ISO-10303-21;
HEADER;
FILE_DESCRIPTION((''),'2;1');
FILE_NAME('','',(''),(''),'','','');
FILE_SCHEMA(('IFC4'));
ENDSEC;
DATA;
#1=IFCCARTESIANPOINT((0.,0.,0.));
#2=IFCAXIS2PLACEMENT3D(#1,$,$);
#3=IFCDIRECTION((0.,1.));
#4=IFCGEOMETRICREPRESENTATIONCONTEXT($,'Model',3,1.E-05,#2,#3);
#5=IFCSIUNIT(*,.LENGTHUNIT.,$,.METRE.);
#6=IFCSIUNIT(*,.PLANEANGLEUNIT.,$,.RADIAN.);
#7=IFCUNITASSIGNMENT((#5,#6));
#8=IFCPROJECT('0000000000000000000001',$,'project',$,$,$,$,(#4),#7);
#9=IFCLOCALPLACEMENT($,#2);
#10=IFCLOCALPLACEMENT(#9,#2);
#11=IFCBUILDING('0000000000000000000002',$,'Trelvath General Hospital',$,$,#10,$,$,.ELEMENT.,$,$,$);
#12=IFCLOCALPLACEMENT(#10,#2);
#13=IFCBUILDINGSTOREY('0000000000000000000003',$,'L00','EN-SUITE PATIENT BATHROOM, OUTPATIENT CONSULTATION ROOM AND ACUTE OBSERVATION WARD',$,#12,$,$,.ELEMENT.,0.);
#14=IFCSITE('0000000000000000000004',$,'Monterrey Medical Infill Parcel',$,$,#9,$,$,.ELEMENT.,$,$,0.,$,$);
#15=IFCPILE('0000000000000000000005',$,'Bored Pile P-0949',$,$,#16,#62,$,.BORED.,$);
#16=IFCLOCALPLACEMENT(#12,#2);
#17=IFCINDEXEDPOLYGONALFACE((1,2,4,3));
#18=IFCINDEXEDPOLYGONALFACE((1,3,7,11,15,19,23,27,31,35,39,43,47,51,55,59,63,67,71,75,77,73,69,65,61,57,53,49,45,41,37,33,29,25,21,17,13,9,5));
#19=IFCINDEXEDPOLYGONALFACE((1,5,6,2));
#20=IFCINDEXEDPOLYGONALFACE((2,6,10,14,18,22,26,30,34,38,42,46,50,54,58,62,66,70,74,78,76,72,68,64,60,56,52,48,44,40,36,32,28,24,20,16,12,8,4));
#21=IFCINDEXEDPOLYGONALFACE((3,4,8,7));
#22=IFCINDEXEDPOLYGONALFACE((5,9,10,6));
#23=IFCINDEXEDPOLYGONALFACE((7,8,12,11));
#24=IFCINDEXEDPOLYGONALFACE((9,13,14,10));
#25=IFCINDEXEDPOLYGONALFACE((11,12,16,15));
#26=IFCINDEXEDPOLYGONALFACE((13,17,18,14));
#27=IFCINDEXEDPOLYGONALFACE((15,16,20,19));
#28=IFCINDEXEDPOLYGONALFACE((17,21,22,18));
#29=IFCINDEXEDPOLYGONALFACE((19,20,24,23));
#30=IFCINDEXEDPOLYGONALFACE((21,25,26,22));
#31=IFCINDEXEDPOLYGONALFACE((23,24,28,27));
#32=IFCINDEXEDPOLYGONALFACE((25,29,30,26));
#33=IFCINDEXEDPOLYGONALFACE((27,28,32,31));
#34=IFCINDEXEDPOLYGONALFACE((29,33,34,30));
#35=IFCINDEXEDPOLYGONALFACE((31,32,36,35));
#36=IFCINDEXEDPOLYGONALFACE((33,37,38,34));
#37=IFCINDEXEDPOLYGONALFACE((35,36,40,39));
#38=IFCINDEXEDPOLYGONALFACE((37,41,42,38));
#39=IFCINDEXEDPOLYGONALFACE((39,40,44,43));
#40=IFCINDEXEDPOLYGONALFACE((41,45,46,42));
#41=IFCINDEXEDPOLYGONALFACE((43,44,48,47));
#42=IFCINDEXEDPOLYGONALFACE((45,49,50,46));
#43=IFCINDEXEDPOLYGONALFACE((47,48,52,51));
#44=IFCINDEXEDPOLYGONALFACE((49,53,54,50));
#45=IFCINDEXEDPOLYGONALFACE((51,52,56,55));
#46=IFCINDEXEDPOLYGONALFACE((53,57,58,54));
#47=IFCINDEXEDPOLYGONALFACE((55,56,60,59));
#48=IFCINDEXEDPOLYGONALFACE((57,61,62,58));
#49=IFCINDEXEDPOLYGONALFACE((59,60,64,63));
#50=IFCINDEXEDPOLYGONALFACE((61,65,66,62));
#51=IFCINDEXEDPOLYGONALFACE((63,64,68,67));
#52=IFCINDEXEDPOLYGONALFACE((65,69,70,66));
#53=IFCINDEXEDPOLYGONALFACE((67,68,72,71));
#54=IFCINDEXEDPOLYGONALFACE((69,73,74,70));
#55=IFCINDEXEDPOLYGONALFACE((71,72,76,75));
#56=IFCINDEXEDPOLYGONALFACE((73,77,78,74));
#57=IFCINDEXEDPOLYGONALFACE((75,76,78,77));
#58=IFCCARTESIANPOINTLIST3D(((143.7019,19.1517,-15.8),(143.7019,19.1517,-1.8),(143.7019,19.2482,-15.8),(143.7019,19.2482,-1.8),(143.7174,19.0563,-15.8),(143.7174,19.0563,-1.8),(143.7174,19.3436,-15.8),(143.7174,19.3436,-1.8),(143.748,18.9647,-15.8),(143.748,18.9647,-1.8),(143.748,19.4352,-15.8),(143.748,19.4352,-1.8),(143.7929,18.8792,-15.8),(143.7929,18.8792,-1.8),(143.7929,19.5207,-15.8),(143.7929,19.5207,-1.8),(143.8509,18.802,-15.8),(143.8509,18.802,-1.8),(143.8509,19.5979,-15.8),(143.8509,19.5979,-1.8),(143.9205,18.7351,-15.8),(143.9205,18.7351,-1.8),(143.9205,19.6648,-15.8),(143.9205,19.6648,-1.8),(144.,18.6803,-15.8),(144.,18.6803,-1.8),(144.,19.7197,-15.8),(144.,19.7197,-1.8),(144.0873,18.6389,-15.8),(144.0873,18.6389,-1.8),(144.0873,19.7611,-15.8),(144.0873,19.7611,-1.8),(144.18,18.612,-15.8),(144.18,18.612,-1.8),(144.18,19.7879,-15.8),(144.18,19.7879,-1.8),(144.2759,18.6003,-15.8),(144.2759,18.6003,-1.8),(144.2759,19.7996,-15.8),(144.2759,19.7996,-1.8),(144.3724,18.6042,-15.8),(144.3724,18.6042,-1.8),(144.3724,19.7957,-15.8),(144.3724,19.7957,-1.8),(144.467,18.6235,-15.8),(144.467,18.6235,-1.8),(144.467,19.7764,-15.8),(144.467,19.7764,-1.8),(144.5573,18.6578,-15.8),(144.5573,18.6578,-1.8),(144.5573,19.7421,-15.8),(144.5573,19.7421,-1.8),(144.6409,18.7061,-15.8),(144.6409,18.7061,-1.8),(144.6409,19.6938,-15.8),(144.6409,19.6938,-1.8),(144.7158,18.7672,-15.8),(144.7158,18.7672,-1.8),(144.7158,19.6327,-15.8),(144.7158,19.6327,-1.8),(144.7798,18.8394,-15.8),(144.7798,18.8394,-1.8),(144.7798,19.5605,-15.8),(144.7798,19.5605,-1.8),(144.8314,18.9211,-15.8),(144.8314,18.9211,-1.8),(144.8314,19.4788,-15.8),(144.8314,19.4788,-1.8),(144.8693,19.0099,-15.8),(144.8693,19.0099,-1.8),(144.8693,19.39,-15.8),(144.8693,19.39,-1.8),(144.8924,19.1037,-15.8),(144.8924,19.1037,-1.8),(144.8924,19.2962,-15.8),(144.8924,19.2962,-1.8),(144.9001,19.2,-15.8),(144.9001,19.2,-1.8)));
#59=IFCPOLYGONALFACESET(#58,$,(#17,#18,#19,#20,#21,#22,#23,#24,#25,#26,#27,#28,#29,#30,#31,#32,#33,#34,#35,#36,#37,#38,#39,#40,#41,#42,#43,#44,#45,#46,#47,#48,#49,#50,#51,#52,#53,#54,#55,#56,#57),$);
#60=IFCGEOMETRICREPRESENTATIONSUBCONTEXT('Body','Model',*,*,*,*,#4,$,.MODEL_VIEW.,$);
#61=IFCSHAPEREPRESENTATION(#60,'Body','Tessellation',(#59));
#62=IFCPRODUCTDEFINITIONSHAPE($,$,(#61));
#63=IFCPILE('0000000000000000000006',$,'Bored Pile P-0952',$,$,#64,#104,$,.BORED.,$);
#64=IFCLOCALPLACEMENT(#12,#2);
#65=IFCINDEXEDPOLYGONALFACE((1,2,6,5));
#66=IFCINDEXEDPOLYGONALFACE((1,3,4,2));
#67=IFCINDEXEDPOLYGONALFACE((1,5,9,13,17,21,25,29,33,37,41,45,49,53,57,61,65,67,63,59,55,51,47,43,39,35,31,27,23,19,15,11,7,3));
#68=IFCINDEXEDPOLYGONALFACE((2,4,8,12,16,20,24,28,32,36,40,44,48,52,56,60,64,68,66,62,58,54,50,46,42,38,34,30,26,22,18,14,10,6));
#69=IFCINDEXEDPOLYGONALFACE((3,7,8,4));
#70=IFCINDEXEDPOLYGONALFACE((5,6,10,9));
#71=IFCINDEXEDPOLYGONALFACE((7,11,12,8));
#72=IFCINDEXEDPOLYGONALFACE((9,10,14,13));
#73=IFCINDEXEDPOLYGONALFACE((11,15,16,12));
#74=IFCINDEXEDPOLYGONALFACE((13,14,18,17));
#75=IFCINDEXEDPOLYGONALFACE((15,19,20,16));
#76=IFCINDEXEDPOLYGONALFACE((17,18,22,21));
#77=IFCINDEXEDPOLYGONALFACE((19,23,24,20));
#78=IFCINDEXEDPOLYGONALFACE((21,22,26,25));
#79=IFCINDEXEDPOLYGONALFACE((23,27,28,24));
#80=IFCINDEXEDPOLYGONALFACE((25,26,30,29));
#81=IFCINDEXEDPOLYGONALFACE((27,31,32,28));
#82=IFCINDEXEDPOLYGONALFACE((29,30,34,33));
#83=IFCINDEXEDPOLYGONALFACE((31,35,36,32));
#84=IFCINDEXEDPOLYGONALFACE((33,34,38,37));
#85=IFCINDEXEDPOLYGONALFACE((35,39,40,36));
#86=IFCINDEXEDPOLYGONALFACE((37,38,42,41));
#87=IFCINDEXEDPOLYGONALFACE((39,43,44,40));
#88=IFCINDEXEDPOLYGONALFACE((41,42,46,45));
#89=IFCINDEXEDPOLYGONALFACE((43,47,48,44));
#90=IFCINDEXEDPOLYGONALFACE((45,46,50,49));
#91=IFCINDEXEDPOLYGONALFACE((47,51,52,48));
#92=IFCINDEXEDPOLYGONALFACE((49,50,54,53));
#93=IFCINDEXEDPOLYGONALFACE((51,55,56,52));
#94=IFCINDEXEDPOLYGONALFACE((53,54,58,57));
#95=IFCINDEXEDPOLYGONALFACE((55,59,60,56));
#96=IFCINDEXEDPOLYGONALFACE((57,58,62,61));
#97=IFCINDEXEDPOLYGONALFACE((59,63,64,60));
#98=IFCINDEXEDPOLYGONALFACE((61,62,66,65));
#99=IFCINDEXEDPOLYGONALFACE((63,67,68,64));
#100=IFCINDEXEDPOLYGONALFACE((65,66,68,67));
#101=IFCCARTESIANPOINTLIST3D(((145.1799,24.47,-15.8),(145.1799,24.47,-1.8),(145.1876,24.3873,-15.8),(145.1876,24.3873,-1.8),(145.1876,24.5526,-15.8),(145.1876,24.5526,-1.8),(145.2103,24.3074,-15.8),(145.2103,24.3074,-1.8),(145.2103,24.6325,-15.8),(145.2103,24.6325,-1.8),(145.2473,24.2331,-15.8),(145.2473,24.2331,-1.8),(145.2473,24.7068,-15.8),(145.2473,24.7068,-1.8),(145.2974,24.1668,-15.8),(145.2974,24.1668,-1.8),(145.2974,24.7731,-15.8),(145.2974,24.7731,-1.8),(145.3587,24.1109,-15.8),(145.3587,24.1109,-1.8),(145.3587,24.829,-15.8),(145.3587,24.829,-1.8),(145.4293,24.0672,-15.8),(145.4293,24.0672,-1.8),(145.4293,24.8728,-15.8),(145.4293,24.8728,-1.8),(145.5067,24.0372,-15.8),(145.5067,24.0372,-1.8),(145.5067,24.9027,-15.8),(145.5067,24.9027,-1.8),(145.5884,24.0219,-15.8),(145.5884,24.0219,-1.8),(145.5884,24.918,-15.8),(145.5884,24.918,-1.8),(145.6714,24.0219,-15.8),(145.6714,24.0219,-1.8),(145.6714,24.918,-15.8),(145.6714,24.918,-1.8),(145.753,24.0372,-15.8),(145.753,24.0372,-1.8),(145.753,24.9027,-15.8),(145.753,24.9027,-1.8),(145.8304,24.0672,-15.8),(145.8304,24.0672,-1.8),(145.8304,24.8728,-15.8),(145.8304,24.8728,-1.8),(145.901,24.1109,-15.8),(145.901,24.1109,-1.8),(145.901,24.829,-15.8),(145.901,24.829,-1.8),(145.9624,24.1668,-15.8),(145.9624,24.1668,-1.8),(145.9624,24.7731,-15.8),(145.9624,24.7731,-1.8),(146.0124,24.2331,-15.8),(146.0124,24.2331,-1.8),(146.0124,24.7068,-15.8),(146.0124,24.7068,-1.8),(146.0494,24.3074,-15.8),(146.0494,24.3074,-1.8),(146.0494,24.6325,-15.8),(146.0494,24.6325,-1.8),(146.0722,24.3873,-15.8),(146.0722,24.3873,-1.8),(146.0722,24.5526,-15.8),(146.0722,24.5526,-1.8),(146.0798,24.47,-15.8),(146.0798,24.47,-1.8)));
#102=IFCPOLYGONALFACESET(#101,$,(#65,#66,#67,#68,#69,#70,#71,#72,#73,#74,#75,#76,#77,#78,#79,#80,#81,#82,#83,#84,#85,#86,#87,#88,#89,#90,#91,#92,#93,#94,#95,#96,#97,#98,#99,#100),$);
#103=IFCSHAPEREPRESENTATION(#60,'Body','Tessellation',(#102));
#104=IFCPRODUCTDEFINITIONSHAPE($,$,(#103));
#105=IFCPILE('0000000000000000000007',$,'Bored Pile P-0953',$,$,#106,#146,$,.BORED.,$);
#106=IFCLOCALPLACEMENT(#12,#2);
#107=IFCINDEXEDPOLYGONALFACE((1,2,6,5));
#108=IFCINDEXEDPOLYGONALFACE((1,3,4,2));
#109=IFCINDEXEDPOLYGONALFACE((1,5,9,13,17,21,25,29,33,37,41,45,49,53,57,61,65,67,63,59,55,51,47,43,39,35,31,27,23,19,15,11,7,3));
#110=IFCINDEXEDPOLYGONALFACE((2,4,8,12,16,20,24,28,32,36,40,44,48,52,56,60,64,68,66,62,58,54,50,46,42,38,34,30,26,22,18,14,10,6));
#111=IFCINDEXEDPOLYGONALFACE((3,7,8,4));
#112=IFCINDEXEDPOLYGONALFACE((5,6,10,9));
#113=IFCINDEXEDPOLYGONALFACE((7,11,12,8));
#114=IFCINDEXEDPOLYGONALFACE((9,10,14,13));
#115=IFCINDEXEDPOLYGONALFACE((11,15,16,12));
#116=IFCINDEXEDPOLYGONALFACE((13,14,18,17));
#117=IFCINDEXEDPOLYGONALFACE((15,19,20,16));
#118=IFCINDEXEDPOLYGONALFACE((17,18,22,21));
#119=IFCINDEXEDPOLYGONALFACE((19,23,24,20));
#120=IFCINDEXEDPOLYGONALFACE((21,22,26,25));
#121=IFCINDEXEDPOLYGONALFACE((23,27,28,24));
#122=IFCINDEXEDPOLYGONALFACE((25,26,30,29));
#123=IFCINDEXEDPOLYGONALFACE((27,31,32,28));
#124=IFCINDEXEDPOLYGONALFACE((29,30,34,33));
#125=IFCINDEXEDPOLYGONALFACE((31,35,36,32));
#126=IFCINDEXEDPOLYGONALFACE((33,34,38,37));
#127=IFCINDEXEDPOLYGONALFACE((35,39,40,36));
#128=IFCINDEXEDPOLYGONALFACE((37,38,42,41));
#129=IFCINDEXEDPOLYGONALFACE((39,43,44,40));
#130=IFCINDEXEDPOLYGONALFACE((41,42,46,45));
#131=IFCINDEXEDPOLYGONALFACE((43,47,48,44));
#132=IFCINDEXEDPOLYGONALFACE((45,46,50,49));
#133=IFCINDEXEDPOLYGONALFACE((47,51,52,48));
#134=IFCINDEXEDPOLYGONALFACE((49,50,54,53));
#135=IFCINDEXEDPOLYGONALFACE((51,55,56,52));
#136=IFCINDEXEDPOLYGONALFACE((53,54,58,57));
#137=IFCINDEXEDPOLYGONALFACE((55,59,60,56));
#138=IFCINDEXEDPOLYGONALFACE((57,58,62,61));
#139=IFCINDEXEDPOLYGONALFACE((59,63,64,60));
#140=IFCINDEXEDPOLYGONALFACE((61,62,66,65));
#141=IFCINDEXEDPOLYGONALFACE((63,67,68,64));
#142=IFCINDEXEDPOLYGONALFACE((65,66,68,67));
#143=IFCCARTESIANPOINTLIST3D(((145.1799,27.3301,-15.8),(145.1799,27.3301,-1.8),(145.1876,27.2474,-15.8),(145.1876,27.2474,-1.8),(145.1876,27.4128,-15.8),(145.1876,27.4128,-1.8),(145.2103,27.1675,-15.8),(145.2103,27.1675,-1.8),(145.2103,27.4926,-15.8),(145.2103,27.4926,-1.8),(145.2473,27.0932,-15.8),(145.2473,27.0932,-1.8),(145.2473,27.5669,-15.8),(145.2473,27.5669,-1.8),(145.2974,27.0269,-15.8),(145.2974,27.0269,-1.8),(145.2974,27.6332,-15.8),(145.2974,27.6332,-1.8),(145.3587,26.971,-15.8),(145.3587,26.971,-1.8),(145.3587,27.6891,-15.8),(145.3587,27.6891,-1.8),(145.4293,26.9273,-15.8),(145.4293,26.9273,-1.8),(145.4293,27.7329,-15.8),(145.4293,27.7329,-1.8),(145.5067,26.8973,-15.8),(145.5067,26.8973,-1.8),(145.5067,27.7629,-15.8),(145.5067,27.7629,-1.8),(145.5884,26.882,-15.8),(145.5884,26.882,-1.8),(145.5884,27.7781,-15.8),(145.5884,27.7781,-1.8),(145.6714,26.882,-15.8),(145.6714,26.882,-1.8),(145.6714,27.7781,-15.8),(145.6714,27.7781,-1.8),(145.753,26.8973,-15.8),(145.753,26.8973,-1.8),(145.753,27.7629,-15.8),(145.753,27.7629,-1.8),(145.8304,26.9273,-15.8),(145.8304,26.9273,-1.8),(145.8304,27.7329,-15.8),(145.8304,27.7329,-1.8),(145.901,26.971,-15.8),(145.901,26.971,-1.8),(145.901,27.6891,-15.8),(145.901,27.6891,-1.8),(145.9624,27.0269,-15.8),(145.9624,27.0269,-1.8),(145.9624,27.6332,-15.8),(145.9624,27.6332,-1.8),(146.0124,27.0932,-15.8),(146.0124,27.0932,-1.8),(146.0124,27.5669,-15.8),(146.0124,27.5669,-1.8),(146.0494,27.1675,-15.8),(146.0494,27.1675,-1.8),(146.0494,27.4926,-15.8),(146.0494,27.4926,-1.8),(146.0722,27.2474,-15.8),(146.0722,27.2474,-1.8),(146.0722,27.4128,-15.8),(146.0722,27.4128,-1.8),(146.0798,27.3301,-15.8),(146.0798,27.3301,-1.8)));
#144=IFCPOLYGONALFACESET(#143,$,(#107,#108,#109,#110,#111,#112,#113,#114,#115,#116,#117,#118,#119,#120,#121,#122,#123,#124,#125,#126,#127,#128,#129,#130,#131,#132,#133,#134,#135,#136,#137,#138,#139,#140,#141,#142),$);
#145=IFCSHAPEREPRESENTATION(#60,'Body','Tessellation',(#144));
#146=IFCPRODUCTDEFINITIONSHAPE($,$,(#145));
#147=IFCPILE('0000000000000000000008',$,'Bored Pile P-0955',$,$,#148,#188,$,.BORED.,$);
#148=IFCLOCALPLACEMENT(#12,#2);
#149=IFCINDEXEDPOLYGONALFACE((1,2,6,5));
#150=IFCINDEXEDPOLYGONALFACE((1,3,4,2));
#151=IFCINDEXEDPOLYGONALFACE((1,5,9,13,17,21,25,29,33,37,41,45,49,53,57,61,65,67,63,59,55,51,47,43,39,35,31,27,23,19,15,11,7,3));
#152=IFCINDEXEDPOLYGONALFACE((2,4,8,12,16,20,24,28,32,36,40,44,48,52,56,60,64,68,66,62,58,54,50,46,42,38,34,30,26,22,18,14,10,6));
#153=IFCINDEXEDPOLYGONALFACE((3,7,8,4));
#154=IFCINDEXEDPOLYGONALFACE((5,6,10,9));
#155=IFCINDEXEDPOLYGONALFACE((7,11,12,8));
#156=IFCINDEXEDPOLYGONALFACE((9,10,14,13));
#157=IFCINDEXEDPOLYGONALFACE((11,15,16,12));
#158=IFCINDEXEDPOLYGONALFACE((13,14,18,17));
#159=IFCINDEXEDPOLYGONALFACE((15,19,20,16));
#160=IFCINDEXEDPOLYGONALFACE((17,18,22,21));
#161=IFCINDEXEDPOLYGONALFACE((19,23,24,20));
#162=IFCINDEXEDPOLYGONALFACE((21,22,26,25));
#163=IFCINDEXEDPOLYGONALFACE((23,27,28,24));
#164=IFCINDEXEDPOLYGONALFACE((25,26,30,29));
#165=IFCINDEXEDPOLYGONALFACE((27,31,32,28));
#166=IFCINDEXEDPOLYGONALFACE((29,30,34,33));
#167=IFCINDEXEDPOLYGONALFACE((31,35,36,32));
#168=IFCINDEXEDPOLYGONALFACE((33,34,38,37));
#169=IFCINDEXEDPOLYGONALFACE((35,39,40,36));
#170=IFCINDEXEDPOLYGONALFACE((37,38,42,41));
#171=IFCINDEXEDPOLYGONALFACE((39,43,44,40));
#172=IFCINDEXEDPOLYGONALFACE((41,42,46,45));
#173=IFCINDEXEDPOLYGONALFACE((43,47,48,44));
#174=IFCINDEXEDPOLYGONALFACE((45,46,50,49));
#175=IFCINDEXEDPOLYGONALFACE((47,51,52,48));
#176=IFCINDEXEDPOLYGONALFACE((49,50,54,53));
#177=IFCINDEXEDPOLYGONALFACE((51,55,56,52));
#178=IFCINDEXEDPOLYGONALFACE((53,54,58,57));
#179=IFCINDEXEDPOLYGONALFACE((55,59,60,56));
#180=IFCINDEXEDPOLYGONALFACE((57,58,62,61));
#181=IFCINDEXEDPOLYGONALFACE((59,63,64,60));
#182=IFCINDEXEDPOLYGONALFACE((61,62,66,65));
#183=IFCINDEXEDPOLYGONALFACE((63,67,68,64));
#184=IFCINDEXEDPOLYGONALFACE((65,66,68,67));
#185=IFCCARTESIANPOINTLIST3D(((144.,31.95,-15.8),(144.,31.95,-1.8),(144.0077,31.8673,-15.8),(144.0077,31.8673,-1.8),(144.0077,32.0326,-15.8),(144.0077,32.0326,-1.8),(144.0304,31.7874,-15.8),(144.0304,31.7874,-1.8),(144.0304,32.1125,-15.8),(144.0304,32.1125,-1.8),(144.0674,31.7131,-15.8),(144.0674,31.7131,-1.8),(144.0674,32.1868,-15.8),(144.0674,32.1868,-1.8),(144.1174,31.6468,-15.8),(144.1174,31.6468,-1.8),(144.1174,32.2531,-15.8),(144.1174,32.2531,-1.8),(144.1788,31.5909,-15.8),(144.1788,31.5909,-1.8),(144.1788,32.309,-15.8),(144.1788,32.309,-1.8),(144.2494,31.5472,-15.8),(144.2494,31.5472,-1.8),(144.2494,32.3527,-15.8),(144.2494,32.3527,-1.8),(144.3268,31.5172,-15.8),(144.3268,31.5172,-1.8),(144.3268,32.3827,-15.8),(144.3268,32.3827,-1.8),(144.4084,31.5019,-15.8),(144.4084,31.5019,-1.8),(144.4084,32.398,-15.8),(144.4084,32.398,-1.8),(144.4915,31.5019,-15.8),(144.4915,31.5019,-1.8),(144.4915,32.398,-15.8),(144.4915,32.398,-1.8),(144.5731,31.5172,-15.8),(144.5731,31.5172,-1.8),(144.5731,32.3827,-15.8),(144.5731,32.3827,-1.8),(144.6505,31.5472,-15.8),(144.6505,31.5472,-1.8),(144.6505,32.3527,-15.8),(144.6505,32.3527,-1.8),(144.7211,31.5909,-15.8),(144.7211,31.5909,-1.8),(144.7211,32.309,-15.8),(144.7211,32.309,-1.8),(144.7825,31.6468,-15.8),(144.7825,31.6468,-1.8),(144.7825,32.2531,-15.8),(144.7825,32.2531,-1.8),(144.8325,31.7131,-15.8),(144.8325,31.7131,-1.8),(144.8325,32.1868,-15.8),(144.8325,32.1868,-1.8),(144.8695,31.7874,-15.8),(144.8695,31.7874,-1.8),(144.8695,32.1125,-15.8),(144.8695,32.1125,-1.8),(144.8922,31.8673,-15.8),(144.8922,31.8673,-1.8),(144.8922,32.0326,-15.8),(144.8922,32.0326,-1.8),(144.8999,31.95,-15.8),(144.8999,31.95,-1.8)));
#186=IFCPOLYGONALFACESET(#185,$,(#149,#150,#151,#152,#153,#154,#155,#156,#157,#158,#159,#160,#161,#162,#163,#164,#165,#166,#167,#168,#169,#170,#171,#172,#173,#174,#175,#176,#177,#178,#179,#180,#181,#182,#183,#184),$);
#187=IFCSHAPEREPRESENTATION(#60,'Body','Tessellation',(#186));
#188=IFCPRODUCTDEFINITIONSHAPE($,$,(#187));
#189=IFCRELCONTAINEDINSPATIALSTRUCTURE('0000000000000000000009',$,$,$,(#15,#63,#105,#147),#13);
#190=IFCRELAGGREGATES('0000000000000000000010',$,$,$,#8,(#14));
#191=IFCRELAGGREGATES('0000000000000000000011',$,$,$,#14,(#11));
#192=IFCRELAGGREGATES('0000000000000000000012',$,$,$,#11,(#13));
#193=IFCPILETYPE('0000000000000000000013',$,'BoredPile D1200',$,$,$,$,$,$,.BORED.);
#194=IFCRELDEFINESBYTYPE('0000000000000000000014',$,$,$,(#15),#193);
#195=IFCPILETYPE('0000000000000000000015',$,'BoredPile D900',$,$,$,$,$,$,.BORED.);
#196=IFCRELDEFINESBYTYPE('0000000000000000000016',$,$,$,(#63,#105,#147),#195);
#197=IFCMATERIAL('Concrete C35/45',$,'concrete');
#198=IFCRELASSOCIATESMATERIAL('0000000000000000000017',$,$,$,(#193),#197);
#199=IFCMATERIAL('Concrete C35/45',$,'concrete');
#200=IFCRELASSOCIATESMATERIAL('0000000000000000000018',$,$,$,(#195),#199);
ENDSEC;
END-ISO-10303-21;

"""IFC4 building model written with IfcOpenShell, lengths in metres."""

from ifc_helpers import new_model, si_unit, direction, frame, origin, origin_2d, place, context, subcontext, project, spatial, circle, extrude, material, material_profile, profile_set, type_object, element, save


model = new_model("IFC4")

# Units and contexts
model_context = context("Model", 3, precision=1e-05, world=origin(), true_north=direction((0.0, 1.0)))
body_context = subcontext(model_context, "Body", "Model", "MODEL_VIEW")
ifc_project = project(units=[si_unit("LENGTHUNIT", "METRE"), si_unit("PLANEANGLEUNIT", "RADIAN")], contexts=[model_context])

# Site, building, storey
site_placement = place(None, origin())
site = spatial("IfcSite", under=ifc_project, at=site_placement, Name="Monterrey Medical Infill Parcel", CompositionType="ELEMENT", RefElevation=0.0)
building_placement = place(site_placement, origin())
building = spatial("IfcBuilding", under=site, at=building_placement, Name="Trelvath General Hospital", CompositionType="ELEMENT")
storey_placement = place(building_placement, origin())
storey = spatial("IfcBuildingStorey", under=building, at=storey_placement, Name="L00", Description="EN-SUITE PATIENT BATHROOM, OUTPATIENT CONSULTATION ROOM AND ACUTE OBSERVATION WARD", CompositionType="ELEMENT", Elevation=0.0)

# Piles
ifc_material_1 = material(Name="Concrete C35/45", Category="concrete")
ifc_material_profile_1 = material_profile(ifc_material_1, circle(Radius=0.6001, at=origin_2d()), Name="PILE1200")
ifc_profile_set_1 = profile_set([ifc_material_profile_1], Name="Concrete C35/45")
pile_type_1 = type_object("IfcPileType", Name="BoredPile D1200", PredefinedType="BORED", material=ifc_profile_set_1)
pile_placement = place(storey_placement, frame((144.3, 19.2, -1.8), z_axis=(0.0, 0.0, -1.0), x_axis=(1.0, 0.0, 0.0)))
element("IfcPile", 1, at=pile_placement, inside=storey, type_object=pile_type_1, Name="Bored Pile P-0949", PredefinedType="BORED", context=body_context, shape_type="SweptSolid", body=[
    extrude(circle(Radius=0.6001, at=origin_2d()), origin(), (0.0, 0.0, 1.0), 14.0),
])
ifc_material_2 = material(Name="Concrete C35/45", Category="concrete")
ifc_material_profile_2 = material_profile(ifc_material_2, circle(Radius=0.45, at=origin_2d()), Name="PILE900")
ifc_profile_set_2 = profile_set([ifc_material_profile_2], Name="Concrete C35/45")
pile_type_2 = type_object("IfcPileType", Name="BoredPile D900", PredefinedType="BORED", material=ifc_profile_set_2)
for number, where, z_axis, x_axis, name in (
    (2, (145.6299, 24.47, -1.8), (0.0, 0.0, -1.0), (1.0, 0.0, 0.0), "Bored Pile P-0952"),
    (3, (145.6299, 27.3301, -1.8), (0.0, 0.0, -1.0), (1.0, 0.0, 0.0), "Bored Pile P-0953"),
    (4, (144.45, 31.95, -1.8), (0.0, 0.0, -1.0), (1.0, 0.0, 0.0), "Bored Pile P-0955"),
):
    element("IfcPile", number, at=place(storey_placement, frame(where, z_axis=z_axis, x_axis=x_axis)), inside=storey, type_object=pile_type_2, Name=name, PredefinedType="BORED", context=body_context, shape_type="SweptSolid", body=[
        extrude(circle(Radius=0.45, at=origin_2d()), origin(), (0.0, 0.0, 1.0), 14.0),
    ])

save(model, "model.ifc")
